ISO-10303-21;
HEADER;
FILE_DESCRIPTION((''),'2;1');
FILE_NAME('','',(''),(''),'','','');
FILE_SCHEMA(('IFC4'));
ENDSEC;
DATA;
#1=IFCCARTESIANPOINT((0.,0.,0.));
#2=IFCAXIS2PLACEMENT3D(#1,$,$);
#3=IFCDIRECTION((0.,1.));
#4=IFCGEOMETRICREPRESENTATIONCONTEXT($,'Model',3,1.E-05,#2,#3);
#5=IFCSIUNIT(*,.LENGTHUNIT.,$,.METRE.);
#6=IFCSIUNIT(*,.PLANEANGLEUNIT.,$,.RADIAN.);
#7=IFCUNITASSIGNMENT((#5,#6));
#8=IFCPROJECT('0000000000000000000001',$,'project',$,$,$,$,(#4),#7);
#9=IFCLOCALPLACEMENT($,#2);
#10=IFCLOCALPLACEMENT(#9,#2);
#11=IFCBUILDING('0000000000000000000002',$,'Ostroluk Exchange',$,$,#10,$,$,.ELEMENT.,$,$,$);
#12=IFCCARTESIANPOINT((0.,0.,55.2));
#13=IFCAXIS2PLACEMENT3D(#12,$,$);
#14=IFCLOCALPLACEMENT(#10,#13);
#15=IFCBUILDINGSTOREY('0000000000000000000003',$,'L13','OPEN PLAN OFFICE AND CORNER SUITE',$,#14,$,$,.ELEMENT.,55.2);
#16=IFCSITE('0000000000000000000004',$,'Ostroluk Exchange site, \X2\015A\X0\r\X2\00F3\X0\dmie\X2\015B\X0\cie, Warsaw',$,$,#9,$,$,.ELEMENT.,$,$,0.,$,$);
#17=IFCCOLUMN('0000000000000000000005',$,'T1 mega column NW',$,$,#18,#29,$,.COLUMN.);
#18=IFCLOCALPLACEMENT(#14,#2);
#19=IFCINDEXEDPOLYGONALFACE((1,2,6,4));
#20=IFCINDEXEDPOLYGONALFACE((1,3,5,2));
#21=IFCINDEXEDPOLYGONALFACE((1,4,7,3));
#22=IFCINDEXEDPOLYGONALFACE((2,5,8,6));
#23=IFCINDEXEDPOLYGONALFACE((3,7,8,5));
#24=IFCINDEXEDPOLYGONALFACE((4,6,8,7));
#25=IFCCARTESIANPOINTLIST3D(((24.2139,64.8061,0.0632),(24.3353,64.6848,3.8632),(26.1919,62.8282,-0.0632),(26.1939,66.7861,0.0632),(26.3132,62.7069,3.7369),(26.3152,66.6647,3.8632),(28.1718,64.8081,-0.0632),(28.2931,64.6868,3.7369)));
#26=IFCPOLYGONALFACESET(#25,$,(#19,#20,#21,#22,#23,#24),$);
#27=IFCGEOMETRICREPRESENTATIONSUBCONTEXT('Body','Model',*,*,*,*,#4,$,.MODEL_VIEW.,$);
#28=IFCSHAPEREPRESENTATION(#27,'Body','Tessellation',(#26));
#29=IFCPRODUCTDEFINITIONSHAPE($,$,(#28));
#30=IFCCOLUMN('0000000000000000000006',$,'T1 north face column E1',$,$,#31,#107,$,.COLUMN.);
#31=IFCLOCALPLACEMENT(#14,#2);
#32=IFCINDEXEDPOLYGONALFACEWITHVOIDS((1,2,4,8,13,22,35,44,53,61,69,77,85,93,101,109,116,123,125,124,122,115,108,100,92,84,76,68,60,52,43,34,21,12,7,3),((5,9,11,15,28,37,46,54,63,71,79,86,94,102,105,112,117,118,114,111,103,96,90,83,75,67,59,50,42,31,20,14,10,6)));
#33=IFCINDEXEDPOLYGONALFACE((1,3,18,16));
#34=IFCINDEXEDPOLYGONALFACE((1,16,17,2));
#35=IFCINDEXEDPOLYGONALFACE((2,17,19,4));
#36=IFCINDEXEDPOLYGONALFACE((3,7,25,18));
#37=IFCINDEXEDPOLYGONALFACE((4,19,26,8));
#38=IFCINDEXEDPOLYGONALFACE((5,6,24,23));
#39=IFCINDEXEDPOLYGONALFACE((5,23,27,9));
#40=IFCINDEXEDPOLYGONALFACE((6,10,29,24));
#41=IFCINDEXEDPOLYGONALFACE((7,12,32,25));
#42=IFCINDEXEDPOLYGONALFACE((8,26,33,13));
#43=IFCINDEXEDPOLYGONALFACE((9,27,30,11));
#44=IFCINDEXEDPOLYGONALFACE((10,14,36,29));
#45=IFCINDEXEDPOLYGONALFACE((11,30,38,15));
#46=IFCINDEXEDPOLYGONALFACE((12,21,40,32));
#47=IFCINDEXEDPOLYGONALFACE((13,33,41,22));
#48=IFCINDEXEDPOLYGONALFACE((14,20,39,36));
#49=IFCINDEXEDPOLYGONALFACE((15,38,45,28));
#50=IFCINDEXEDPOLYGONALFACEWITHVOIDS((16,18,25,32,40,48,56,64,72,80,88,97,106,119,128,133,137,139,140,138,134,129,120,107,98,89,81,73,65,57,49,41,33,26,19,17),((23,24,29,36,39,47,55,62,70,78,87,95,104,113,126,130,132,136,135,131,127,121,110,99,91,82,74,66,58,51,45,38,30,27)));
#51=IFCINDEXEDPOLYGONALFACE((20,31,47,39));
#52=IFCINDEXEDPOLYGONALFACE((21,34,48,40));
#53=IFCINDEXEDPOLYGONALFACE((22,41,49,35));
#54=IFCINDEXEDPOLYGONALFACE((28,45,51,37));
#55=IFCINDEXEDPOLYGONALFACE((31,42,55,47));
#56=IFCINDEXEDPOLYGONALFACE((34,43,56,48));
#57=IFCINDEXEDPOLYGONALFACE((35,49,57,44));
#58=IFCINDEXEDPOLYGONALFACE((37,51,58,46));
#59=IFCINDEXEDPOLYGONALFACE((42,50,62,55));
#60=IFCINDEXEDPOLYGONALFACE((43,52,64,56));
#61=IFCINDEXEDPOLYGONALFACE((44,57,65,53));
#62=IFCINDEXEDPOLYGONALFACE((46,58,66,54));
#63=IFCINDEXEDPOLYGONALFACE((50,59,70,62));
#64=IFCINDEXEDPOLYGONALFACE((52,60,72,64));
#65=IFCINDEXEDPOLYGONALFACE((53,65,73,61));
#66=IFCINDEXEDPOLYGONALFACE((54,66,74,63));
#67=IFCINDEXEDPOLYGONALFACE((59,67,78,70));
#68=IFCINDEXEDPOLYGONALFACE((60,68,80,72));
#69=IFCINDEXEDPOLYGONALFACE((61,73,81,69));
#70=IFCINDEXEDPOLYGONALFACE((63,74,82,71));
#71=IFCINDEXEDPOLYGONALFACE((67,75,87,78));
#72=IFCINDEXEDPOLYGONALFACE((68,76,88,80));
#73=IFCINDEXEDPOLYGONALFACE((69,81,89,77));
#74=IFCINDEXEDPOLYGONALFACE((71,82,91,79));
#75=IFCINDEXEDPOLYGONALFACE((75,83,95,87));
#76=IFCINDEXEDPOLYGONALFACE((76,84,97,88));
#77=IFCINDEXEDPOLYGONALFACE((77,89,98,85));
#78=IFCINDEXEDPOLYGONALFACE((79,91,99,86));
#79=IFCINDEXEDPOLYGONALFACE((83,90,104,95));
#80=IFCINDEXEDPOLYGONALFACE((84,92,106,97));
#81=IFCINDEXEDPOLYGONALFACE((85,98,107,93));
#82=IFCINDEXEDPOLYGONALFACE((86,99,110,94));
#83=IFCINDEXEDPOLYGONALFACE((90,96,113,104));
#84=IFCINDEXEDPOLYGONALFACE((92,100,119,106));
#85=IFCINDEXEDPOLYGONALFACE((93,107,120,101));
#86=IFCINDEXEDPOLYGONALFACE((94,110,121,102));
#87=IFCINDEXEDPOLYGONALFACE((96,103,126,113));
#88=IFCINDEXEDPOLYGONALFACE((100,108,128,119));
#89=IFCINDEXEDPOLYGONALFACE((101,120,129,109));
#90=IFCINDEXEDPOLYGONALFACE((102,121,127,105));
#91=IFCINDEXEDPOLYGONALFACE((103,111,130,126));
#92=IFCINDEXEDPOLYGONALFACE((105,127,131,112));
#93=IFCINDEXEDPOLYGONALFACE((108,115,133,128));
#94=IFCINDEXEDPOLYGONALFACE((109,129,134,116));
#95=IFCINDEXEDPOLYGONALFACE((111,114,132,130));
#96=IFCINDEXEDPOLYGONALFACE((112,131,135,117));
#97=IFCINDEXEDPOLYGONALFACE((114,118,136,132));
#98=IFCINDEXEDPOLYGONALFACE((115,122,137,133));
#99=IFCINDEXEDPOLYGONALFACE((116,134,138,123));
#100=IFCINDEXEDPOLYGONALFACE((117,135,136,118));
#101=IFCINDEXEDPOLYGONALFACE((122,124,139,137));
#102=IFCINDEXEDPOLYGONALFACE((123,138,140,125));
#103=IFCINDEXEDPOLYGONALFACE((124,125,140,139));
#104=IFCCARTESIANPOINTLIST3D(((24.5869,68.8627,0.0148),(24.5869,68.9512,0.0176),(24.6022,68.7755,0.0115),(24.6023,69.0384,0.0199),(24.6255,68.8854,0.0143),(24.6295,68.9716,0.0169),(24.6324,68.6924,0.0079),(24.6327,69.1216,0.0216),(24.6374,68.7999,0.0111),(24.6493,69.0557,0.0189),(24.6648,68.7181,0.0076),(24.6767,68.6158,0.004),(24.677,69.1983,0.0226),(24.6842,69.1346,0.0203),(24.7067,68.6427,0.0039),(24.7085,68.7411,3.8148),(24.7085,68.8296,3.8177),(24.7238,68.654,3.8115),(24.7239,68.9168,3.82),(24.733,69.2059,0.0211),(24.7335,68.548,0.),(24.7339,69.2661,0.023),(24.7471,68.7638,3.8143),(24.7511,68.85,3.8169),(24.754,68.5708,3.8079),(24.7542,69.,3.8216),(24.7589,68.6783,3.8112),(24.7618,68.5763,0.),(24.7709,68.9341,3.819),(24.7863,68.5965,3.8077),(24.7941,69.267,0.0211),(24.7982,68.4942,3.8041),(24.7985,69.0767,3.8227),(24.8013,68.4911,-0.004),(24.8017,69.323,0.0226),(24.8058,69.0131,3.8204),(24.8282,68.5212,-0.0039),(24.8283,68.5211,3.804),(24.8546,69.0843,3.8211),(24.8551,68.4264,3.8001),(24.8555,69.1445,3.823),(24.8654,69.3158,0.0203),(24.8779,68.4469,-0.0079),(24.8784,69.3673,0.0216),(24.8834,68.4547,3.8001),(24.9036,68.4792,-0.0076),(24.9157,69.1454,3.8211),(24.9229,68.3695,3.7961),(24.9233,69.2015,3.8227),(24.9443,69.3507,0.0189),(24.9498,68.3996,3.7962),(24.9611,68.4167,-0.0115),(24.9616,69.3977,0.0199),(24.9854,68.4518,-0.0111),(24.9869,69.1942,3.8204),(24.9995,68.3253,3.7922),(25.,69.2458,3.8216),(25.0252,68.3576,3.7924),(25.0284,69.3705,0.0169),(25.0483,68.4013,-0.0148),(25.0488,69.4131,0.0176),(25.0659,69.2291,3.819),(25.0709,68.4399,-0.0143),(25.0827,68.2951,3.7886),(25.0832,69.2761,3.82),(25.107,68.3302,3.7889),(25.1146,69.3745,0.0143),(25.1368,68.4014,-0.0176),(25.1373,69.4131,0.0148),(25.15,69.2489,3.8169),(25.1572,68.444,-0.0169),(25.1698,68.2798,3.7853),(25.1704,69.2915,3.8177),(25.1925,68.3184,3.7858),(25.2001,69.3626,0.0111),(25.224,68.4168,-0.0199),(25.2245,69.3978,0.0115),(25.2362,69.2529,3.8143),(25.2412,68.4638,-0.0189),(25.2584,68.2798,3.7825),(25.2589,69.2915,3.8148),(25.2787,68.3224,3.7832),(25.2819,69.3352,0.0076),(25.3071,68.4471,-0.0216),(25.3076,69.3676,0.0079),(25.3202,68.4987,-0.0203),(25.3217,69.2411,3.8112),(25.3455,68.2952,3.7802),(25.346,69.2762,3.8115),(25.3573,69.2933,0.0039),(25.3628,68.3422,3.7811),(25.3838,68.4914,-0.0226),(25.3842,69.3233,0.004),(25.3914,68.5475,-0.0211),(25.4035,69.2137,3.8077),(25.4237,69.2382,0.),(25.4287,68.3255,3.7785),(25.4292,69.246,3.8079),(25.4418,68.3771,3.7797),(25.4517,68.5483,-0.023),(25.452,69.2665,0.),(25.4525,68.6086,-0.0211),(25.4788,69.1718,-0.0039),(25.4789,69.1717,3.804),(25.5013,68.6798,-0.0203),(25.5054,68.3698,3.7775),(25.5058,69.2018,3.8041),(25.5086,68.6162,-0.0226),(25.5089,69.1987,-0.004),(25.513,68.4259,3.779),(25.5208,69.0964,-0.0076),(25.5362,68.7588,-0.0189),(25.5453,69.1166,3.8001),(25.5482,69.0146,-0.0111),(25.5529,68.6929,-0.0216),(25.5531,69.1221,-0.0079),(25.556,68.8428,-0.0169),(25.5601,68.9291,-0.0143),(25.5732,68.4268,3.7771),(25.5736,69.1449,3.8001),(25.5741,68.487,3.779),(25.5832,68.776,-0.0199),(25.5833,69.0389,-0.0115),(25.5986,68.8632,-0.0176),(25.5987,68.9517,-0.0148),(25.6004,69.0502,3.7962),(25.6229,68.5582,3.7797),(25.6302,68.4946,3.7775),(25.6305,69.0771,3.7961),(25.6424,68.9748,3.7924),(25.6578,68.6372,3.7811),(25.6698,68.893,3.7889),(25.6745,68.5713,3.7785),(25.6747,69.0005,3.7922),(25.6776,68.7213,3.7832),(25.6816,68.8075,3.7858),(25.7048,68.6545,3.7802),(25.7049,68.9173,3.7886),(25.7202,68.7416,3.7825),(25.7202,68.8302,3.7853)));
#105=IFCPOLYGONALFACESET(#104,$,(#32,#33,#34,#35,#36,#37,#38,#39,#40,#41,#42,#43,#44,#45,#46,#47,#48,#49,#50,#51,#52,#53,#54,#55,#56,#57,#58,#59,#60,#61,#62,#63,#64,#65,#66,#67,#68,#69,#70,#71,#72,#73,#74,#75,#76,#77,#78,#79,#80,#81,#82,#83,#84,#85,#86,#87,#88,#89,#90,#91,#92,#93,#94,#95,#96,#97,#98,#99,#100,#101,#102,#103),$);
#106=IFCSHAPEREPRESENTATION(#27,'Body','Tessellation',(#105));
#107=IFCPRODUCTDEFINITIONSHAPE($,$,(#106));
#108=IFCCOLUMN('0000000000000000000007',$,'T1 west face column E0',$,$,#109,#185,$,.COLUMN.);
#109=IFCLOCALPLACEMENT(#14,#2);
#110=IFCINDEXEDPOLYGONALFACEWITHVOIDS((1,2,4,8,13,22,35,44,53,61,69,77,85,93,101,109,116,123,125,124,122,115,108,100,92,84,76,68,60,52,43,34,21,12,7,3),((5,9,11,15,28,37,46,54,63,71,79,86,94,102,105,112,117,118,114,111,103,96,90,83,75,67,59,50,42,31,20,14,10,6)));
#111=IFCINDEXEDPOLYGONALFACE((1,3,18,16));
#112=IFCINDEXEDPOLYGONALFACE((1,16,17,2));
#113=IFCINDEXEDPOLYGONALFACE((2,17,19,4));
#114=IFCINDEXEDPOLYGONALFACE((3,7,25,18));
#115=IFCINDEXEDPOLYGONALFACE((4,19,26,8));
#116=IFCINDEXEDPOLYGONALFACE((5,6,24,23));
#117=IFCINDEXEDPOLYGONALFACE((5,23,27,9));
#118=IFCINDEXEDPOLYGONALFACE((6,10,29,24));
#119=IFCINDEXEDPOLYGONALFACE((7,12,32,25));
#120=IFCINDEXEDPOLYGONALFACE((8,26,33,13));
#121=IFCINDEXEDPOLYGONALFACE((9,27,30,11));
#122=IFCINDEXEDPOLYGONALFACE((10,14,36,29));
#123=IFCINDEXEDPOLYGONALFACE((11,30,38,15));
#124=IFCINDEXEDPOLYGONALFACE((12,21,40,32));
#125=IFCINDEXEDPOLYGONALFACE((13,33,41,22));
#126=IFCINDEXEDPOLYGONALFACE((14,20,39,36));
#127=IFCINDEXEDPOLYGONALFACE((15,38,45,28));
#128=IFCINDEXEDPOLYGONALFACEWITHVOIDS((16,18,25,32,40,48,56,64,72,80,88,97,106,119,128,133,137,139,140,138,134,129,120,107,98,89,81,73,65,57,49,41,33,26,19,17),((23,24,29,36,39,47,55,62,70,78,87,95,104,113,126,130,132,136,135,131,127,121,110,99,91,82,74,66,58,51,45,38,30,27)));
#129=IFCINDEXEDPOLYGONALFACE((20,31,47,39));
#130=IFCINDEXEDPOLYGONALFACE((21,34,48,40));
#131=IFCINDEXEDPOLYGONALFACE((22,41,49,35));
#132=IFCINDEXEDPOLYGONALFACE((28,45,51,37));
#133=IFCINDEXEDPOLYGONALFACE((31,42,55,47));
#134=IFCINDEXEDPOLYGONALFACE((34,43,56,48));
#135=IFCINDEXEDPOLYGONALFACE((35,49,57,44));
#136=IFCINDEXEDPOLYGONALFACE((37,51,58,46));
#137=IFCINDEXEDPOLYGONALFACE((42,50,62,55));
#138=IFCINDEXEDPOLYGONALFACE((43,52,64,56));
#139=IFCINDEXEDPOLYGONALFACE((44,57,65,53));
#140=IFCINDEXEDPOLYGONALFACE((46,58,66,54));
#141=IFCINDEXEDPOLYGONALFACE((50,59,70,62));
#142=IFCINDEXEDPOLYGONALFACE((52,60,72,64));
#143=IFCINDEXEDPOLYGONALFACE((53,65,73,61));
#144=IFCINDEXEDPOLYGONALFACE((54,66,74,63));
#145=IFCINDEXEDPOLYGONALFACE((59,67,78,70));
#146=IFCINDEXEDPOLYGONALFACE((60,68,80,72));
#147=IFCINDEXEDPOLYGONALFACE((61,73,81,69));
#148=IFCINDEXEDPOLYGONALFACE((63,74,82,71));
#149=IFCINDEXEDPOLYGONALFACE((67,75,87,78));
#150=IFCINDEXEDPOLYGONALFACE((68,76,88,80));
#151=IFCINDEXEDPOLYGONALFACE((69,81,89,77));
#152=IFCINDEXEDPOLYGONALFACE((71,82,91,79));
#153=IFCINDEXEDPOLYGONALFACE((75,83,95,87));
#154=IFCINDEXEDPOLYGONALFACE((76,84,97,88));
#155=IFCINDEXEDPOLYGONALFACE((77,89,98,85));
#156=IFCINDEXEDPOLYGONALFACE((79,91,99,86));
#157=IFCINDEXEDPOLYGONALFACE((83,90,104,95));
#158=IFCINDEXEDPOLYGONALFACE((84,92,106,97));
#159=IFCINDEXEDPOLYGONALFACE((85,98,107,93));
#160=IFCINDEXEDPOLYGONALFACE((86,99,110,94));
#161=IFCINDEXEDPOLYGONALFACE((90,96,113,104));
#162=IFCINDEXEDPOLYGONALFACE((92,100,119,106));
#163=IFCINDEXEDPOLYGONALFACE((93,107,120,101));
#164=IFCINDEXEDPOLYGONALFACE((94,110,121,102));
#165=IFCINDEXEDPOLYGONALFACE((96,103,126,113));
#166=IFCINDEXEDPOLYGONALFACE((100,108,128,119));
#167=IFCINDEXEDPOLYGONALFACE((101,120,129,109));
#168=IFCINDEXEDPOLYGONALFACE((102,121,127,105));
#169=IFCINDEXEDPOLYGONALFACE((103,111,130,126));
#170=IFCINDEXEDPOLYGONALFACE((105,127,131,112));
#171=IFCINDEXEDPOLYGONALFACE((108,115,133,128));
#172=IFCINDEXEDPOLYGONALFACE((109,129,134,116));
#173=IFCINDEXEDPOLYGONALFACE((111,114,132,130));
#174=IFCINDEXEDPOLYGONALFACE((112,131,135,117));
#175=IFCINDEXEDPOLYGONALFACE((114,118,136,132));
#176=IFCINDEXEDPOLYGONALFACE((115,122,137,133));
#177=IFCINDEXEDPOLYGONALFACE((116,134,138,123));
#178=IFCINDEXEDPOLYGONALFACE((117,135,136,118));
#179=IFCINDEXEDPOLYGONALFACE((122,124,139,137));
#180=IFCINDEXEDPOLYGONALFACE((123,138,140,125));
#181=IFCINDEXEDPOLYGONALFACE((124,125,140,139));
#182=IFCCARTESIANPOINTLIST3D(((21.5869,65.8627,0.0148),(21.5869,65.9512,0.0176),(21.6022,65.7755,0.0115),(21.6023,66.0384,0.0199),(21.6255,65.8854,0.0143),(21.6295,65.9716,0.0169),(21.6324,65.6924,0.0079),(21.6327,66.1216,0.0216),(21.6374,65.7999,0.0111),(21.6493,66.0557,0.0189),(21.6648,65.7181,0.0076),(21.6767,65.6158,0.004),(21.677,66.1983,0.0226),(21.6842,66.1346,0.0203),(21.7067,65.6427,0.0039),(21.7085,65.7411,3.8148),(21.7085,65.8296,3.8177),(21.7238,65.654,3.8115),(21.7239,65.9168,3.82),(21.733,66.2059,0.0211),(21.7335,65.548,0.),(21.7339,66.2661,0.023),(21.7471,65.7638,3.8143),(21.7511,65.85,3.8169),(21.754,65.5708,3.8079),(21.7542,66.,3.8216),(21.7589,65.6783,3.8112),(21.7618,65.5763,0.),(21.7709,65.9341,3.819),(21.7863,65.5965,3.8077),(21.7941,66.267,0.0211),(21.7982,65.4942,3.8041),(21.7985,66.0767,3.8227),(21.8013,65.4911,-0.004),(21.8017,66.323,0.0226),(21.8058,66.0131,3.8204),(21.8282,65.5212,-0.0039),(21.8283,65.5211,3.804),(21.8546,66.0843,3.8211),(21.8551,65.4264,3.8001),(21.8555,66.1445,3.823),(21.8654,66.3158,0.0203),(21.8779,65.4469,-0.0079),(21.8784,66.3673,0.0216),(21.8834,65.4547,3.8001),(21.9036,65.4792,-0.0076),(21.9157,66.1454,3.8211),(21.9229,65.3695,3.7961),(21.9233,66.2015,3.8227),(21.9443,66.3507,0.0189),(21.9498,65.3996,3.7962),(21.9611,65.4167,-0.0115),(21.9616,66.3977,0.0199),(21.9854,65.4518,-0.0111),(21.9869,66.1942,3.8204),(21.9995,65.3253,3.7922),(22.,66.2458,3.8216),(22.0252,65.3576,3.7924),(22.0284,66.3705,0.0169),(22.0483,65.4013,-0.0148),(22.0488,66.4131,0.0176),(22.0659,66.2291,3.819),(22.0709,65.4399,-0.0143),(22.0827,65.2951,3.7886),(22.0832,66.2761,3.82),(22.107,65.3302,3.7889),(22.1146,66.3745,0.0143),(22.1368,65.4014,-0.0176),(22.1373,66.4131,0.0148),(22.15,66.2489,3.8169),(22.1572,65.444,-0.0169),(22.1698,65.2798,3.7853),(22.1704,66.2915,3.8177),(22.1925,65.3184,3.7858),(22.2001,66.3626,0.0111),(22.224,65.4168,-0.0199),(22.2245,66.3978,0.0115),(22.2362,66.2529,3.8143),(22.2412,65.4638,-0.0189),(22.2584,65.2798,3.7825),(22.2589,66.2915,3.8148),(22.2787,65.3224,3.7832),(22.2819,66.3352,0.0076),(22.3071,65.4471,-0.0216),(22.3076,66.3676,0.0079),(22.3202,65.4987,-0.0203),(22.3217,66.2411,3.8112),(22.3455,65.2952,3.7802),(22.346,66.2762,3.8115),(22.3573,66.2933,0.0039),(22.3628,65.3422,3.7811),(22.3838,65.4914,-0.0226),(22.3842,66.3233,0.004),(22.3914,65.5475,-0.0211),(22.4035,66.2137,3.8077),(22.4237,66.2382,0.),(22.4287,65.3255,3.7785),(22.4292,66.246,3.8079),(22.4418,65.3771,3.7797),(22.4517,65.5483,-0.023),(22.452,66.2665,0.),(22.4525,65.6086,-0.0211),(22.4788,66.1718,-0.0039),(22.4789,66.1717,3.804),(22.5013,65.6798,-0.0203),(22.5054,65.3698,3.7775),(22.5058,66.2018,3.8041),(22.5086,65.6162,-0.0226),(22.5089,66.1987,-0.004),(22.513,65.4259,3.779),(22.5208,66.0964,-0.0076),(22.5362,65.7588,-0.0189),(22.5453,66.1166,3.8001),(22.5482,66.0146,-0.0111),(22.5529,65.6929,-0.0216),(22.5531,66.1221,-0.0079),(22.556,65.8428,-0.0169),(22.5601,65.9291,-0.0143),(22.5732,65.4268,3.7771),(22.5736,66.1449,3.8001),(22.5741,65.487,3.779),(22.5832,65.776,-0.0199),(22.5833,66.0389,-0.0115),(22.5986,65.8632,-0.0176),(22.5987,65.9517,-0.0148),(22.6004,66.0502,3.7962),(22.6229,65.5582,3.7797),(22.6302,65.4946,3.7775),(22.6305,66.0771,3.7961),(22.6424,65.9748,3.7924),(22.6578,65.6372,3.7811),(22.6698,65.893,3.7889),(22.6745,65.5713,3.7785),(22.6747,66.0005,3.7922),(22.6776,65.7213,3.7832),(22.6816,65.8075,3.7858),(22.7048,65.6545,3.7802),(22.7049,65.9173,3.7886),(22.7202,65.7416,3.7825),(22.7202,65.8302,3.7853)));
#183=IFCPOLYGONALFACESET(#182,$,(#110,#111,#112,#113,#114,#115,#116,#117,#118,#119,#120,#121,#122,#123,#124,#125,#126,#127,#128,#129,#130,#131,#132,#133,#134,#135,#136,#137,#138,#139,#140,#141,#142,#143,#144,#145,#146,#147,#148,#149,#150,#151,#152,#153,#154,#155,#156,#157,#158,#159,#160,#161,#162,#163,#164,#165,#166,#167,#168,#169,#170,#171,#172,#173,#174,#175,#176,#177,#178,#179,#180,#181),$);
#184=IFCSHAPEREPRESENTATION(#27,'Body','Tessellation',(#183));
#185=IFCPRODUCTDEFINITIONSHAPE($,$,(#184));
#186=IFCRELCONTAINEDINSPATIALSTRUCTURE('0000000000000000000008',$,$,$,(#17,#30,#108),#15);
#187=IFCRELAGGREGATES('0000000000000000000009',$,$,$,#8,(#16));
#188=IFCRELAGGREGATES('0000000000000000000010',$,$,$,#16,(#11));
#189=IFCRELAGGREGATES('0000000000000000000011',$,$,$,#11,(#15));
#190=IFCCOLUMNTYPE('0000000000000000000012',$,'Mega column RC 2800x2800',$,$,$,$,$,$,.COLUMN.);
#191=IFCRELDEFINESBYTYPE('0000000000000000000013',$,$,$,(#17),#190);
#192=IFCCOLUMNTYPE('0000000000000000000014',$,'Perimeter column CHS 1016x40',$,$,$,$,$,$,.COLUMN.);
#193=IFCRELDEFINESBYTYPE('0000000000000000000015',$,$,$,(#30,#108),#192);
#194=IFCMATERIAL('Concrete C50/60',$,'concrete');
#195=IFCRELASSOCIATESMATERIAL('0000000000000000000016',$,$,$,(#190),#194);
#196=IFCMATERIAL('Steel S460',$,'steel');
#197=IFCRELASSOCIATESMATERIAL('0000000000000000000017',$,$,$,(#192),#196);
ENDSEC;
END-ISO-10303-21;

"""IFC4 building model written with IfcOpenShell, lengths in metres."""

from ifc_helpers import new_model, si_unit, direction, frame, origin, origin_2d, place, context, subcontext, project, spatial, rectangle, hollow_circle, extrude, material, material_profile, profile_set, type_object, element, save


model = new_model("IFC4")

# Units and contexts
model_context = context("Model", 3, precision=1e-05, world=origin(), true_north=direction((0.0, 1.0)))
body_context = subcontext(model_context, "Body", "Model", "MODEL_VIEW")
ifc_project = project(units=[si_unit("LENGTHUNIT", "METRE"), si_unit("PLANEANGLEUNIT", "RADIAN")], contexts=[model_context])

# Site, building, storey
site_placement = place(None, origin())
site = spatial("IfcSite", under=ifc_project, at=site_placement, Name="Ostroluk Exchange site, Śródmieście, Warsaw", CompositionType="ELEMENT", RefElevation=0.0)
building_placement = place(site_placement, origin())
building = spatial("IfcBuilding", under=site, at=building_placement, Name="Ostroluk Exchange", CompositionType="ELEMENT")
storey_placement = place(building_placement, frame((0.0, 0.0, 55.2)))
storey = spatial("IfcBuildingStorey", under=building, at=storey_placement, Name="L13", Description="OPEN PLAN OFFICE AND CORNER SUITE", CompositionType="ELEMENT", Elevation=55.2)

# Columns
ifc_material_1 = material(Name="Concrete C50/60", Category="concrete")
ifc_material_profile_1 = material_profile(ifc_material_1, rectangle(XDim=2.8, YDim=2.8, at=origin_2d()), Name="RC 2800x2800")
ifc_profile_set_1 = profile_set([ifc_material_profile_1], Name="Concrete C50/60")
column_type_1 = type_object("IfcColumnType", Name="Mega column RC 2800x2800", PredefinedType="COLUMN", material=ifc_profile_set_1)
column_placement = place(storey_placement, frame((26.1929, 64.8071, 0.0), z_axis=(0.031898, -0.031898, 0.998982), x_axis=(0.707107, 0.707107, 0.0)))
element("IfcColumn", 1, at=column_placement, inside=storey, type_object=column_type_1, Name="T1 mega column NW", PredefinedType="COLUMN", context=body_context, shape_type="SweptSolid", body=[
    extrude(rectangle(XDim=2.8, YDim=2.8, at=origin_2d()), origin(), (0.0, 0.0, 1.0), 3.804),
])
ifc_material_2 = material(Name="Steel S460", Category="steel")
ifc_material_profile_2 = material_profile(ifc_material_2, hollow_circle(Radius=0.5081, WallThickness=0.04, at=origin_2d()), Name="CHS 1016x40")
ifc_profile_set_2 = profile_set([ifc_material_profile_2], Name="Steel S460")
column_type_2 = type_object("IfcColumnType", Name="Perimeter column CHS 1016x40", PredefinedType="COLUMN", material=ifc_profile_set_2)
for number, where, z_axis, x_axis, name in (
    (2, (25.0928, 68.9072, 0.0), (0.031962, -0.031962, 0.998978), (0.707107, 0.707107, 0.0), "T1 north face column E1"),
    (3, (22.0928, 65.9072, 0.0), (0.031962, -0.031962, 0.998978), (0.707107, 0.707107, 0.0), "T1 west face column E0"),
):
    element("IfcColumn", number, at=place(storey_placement, frame(where, z_axis=z_axis, x_axis=x_axis)), inside=storey, type_object=column_type_2, Name=name, PredefinedType="COLUMN", context=body_context, shape_type="SweptSolid", body=[
        extrude(hollow_circle(Radius=0.5081, WallThickness=0.04, at=origin_2d()), origin(), (0.0, 0.0, 1.0), 3.804),
    ])

save(model, "model.ifc")
